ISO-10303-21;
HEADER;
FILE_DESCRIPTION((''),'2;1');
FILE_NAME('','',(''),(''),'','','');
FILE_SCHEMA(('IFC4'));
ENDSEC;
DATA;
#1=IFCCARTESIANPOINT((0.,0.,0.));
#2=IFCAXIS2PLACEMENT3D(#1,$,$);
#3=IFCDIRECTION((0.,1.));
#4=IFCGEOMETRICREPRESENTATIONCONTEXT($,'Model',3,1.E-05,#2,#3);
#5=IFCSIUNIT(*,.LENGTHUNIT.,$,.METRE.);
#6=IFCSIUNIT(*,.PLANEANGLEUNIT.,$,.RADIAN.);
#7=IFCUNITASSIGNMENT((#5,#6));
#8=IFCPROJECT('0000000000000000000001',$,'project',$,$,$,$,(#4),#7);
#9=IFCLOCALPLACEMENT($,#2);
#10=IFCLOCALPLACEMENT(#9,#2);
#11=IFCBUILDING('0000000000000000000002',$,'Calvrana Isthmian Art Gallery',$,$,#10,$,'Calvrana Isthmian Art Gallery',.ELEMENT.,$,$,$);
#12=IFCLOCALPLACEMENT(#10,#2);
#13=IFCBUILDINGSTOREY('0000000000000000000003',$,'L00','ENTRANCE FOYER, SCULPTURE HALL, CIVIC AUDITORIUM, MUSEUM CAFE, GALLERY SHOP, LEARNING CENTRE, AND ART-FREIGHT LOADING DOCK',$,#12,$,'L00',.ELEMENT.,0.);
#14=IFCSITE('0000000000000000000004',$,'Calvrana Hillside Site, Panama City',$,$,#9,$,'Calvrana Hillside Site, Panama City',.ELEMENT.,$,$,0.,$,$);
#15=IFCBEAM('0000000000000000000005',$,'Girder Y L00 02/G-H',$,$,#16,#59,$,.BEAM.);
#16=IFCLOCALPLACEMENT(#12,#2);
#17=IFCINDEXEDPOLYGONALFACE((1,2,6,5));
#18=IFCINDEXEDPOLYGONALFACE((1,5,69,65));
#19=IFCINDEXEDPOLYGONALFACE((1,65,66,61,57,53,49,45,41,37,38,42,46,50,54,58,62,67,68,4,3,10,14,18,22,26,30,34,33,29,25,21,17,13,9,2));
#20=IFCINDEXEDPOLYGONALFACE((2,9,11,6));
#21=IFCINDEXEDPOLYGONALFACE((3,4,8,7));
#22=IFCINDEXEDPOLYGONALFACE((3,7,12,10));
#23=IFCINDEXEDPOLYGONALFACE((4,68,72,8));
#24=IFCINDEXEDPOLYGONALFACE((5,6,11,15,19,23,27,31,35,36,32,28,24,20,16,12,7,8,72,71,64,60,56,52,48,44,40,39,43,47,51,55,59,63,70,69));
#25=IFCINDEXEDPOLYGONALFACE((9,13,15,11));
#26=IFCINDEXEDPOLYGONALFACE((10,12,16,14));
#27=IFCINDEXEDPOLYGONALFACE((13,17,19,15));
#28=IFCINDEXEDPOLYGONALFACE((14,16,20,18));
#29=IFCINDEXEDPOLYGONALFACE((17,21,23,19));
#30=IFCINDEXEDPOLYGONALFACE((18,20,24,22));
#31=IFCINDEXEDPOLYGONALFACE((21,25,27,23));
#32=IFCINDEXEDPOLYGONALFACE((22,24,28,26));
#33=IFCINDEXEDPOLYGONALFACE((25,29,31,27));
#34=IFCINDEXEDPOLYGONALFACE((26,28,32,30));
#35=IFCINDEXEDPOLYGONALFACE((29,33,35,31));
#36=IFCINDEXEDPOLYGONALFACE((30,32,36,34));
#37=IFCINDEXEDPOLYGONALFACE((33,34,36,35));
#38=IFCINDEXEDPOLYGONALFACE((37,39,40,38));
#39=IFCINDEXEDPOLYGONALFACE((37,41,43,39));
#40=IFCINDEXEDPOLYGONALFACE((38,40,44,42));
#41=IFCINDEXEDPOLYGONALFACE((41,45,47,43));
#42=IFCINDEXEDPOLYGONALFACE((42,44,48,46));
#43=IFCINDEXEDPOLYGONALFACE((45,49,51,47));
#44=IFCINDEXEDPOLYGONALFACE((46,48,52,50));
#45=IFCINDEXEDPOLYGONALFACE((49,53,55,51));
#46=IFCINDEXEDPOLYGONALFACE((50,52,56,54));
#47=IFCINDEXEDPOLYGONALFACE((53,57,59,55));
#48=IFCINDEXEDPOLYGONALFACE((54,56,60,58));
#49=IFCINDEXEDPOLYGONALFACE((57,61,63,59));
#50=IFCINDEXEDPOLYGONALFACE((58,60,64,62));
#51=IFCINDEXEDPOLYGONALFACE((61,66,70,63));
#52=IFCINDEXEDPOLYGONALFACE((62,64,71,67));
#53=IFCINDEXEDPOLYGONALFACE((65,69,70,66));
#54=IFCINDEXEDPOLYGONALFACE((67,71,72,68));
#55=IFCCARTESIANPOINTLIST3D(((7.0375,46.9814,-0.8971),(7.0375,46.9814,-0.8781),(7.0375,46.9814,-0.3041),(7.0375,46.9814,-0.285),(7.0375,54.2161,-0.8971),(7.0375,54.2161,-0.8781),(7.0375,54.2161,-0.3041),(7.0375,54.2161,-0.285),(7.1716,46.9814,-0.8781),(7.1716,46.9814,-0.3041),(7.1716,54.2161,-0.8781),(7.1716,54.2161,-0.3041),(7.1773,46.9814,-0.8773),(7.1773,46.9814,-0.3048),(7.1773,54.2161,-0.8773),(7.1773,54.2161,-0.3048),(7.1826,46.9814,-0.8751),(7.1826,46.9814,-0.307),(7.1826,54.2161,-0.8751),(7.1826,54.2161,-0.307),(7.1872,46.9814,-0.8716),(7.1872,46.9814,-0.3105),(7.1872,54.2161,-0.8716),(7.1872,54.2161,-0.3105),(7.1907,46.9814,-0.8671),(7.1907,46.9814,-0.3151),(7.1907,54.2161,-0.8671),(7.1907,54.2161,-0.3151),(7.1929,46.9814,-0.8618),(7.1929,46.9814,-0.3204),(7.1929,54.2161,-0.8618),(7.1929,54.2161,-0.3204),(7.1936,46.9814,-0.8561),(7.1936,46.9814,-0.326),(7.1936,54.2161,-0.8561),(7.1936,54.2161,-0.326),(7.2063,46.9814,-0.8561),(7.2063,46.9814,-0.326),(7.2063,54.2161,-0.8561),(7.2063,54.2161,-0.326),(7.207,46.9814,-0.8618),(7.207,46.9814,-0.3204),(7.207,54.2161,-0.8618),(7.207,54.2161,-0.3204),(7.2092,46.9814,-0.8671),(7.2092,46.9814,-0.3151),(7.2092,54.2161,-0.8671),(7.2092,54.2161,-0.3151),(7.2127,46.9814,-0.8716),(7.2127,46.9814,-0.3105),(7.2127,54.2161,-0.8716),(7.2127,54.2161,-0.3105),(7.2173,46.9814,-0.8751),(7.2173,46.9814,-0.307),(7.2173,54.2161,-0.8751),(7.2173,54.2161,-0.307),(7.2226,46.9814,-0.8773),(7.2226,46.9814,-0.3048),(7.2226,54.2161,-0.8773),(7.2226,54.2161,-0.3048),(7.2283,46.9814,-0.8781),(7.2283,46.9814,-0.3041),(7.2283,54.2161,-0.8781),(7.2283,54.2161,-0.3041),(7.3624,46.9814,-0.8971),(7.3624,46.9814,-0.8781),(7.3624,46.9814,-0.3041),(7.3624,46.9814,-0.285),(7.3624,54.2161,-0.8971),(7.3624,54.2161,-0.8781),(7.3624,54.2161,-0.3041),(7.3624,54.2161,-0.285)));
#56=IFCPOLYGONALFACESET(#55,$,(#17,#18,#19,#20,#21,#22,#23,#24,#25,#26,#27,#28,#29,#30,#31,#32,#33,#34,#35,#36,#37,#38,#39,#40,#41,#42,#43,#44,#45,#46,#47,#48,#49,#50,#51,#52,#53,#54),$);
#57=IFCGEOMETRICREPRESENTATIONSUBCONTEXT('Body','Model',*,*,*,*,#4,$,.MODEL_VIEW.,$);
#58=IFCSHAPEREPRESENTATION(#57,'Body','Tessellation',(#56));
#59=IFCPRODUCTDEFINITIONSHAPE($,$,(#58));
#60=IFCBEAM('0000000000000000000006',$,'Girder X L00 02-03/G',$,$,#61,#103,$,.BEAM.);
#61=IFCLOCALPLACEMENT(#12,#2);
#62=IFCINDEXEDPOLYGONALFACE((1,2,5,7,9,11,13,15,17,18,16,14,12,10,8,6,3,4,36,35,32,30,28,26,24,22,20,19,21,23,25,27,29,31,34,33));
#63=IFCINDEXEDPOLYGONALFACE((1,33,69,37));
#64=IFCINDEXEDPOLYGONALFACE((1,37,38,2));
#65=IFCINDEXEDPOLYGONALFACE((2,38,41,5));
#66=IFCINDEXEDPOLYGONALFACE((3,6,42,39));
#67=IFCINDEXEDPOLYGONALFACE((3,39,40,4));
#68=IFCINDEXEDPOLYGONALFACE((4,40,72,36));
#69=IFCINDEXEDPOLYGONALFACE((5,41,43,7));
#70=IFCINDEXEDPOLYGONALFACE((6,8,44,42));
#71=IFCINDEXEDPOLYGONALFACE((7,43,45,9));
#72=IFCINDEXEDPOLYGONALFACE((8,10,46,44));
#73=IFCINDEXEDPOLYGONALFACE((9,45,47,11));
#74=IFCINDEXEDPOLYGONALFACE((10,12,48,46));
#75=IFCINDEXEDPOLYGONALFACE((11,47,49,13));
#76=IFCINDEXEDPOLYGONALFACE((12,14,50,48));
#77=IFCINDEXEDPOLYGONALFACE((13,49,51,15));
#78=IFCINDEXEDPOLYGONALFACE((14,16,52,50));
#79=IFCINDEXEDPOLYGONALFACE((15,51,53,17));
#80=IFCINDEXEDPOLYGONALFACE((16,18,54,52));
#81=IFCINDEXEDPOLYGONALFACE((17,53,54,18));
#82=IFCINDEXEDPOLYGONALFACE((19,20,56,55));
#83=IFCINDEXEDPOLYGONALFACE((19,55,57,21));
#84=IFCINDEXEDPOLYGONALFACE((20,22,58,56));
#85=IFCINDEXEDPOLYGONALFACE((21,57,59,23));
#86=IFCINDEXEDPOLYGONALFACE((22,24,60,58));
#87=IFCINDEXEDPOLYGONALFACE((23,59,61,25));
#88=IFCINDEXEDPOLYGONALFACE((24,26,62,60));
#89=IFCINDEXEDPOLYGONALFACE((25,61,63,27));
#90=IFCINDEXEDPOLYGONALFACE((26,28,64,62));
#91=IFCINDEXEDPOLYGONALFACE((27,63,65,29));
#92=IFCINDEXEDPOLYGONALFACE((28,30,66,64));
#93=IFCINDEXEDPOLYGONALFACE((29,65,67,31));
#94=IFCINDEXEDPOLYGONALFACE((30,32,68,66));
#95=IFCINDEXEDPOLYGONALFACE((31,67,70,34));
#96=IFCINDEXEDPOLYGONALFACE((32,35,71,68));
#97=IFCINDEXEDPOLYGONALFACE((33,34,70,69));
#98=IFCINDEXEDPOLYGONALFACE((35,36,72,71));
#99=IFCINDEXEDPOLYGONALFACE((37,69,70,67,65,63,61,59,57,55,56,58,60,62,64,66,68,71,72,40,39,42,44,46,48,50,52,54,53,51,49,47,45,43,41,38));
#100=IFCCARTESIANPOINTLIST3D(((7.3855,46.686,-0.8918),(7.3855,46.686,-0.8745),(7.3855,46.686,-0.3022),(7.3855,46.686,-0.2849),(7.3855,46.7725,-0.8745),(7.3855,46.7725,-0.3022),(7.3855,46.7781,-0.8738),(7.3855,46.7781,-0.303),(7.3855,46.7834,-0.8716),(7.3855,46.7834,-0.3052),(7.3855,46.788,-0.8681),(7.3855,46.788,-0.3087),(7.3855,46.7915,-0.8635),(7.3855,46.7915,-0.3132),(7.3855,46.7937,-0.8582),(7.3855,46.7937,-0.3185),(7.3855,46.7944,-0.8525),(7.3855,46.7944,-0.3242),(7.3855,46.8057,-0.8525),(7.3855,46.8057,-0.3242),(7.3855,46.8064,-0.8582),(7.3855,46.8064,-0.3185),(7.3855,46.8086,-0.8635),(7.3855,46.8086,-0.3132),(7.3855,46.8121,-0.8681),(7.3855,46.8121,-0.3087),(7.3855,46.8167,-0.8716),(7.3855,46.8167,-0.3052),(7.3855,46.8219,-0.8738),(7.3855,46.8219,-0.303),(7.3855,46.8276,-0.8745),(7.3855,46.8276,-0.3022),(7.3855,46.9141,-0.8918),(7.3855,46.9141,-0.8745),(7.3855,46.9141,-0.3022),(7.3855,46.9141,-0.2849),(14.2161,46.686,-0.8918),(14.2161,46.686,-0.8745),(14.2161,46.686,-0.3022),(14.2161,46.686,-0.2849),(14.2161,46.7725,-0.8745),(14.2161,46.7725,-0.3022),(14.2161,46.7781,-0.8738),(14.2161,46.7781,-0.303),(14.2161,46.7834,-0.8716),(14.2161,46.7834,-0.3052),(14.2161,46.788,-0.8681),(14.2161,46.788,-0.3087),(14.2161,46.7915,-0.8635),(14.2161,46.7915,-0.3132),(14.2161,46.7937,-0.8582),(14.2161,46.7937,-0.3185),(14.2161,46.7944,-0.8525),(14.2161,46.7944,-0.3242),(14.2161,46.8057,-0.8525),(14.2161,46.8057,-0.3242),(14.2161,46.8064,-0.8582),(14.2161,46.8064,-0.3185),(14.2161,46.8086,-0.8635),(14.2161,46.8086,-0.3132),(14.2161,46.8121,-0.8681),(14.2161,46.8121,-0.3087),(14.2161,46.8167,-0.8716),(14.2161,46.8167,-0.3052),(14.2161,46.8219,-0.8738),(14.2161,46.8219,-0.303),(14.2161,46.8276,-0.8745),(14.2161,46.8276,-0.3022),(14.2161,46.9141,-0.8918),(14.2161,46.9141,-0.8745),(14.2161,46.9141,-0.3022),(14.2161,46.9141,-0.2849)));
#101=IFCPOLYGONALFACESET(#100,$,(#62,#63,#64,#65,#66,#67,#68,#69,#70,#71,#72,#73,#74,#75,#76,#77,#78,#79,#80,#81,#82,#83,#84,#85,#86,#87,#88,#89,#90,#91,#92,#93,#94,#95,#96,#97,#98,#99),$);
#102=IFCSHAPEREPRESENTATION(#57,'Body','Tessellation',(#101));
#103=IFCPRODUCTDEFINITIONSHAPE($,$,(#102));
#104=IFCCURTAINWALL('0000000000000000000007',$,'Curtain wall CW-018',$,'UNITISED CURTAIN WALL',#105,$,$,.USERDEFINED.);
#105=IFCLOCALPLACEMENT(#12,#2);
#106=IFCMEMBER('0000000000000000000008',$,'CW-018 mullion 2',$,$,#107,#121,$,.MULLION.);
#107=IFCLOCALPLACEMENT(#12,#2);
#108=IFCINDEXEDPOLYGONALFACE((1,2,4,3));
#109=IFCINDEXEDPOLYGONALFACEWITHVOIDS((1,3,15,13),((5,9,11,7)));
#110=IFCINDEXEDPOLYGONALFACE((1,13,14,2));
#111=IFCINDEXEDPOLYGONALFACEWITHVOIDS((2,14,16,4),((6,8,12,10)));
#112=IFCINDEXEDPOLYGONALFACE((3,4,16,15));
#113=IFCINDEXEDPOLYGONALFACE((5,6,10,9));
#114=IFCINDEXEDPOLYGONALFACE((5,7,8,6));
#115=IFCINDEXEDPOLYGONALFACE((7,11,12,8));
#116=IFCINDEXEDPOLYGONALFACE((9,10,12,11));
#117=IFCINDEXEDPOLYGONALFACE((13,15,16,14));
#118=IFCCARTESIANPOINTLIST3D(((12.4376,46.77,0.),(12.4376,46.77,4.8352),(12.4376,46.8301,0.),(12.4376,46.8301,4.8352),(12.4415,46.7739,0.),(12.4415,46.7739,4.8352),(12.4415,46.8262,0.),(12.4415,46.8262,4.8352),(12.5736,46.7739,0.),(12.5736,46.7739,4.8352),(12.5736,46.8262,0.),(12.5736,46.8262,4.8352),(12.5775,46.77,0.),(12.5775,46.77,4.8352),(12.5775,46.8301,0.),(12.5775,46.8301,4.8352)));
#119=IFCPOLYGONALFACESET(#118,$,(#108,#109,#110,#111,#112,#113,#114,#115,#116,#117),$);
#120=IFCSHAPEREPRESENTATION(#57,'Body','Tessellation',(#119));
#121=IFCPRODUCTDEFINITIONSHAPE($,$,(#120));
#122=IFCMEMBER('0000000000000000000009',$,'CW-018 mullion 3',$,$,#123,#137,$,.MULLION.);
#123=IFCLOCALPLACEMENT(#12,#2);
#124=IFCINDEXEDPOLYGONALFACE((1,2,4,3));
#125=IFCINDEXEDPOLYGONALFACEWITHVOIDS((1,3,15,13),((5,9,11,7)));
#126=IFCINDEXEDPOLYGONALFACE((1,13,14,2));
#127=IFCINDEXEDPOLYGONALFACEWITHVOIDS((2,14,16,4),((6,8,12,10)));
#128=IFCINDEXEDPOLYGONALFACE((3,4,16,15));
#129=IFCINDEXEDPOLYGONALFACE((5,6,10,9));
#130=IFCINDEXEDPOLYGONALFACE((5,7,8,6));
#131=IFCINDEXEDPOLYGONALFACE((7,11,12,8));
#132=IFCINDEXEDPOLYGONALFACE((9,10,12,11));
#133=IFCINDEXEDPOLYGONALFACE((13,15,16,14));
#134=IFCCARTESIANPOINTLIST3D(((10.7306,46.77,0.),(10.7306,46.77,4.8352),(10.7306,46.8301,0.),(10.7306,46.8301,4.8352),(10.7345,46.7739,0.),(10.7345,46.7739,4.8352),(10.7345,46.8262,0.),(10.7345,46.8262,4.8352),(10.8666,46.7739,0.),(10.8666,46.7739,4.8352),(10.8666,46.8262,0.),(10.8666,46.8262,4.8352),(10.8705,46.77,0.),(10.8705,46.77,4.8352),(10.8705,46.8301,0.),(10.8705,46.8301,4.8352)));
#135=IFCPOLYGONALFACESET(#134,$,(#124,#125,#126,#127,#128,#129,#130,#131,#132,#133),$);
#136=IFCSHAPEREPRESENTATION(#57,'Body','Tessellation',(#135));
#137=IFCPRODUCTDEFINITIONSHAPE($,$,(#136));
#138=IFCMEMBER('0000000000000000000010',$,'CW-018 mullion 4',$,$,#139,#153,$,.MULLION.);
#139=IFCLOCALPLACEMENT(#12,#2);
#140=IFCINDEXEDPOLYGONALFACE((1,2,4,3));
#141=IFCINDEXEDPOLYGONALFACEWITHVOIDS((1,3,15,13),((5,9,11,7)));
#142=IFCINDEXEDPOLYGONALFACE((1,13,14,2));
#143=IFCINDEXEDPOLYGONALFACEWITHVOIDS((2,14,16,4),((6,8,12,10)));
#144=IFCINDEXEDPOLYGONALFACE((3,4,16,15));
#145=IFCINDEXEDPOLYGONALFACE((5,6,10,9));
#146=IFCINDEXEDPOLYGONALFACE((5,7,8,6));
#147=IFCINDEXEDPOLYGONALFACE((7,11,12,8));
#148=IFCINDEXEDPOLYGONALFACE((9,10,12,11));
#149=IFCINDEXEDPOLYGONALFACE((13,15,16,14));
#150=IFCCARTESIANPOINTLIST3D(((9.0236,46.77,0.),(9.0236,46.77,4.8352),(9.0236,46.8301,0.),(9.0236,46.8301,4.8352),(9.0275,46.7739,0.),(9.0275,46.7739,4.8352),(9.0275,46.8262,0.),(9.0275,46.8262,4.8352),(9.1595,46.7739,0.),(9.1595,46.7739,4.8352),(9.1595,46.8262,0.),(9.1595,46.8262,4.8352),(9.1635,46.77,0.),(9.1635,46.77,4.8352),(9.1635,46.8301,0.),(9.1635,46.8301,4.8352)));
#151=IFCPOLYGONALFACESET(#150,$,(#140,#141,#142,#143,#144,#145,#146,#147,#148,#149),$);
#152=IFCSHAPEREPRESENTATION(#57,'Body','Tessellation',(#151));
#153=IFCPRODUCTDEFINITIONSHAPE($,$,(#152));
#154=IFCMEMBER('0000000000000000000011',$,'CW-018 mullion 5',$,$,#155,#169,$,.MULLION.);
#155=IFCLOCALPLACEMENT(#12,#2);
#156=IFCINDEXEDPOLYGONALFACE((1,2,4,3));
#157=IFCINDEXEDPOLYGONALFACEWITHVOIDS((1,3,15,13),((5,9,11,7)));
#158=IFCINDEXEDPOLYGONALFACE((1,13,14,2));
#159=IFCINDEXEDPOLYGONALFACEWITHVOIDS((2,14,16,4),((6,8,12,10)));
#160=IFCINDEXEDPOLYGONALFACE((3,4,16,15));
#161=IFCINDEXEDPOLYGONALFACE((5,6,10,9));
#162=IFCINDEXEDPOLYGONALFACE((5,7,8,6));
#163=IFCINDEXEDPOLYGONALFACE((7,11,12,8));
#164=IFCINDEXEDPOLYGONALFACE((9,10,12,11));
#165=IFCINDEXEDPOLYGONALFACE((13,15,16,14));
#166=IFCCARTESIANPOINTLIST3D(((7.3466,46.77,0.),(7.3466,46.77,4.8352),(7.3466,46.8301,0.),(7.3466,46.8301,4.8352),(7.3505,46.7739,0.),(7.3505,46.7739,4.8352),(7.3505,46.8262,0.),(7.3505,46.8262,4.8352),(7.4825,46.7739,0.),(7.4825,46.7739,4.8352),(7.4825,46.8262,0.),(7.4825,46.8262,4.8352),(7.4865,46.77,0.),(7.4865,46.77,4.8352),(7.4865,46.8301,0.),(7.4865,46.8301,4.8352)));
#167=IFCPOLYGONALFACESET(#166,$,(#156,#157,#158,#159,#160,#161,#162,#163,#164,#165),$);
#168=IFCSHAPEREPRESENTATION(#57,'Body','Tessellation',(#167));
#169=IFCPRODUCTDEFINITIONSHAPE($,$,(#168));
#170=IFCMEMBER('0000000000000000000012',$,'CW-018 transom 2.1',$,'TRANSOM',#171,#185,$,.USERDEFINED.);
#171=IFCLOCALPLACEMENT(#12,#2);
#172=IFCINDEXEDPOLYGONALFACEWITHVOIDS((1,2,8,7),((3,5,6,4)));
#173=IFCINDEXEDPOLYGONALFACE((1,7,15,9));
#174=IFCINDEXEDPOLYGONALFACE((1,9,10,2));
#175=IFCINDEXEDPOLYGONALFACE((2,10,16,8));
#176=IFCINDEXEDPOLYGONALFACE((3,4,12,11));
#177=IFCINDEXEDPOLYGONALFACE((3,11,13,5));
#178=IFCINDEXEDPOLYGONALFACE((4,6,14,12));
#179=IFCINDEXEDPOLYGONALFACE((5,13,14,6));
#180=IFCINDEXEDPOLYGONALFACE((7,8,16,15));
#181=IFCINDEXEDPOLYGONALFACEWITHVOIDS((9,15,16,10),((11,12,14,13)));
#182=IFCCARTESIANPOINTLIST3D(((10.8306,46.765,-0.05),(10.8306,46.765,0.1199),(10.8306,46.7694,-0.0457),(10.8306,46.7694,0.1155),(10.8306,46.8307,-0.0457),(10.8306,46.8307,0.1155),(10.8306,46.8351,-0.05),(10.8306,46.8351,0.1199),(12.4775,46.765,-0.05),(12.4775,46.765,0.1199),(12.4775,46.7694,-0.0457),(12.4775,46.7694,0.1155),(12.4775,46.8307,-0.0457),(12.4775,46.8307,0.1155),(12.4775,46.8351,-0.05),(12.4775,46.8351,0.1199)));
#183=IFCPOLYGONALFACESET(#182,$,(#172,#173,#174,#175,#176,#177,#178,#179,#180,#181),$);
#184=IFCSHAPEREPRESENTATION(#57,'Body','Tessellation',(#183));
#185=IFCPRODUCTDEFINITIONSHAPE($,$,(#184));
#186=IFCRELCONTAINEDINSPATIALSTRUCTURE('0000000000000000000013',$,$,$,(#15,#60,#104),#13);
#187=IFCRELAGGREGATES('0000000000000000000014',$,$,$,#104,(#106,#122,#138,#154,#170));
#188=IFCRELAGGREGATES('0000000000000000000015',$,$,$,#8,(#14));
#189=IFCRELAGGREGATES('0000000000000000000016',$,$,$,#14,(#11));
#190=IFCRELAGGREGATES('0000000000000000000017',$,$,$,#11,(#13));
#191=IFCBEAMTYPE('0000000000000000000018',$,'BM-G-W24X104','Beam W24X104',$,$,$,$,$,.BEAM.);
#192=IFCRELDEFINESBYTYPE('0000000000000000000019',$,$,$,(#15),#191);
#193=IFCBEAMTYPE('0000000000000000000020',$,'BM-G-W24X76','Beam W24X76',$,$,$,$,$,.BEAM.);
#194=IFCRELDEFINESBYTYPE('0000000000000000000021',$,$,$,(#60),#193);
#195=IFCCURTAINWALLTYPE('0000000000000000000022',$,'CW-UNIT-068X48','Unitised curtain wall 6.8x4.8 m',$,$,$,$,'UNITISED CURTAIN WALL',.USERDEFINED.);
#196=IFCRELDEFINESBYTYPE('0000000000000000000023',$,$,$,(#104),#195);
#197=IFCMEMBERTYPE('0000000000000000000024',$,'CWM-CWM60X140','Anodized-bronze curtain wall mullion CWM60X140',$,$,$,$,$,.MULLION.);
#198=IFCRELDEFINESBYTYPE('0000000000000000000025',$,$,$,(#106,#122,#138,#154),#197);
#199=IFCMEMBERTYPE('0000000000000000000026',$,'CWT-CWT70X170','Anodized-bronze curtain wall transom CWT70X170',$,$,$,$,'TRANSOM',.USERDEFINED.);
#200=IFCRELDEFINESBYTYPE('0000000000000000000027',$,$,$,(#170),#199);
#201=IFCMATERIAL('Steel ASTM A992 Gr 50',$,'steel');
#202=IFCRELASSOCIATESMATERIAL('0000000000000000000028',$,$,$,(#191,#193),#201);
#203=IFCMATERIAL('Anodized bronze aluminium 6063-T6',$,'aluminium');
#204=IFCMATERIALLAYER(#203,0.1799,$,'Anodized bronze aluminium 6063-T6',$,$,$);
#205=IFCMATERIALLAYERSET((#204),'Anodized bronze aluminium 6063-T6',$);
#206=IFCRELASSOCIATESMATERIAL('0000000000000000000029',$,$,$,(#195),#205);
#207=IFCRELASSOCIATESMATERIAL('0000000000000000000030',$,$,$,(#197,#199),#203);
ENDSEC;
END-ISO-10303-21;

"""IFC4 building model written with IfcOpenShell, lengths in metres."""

from ifc_helpers import new_model, si_unit, direction, frame, origin, origin_2d, place, context, subcontext, project, spatial, hollow_rectangle, i_section, extrude, material, layer, layer_set, material_profile, profile_set, type_object, element, aggregate, save


model = new_model("IFC4")

# Units and contexts
model_context = context("Model", 3, precision=1e-05, world=origin(), true_north=direction((0.0, 1.0)))
body_context = subcontext(model_context, "Body", "Model", "MODEL_VIEW")
ifc_project = project(units=[si_unit("LENGTHUNIT", "METRE"), si_unit("PLANEANGLEUNIT", "RADIAN")], contexts=[model_context])

# Site, building, storey
site_placement = place(None, origin())
site = spatial("IfcSite", under=ifc_project, at=site_placement, Name="Calvrana Hillside Site, Panama City", LongName="Calvrana Hillside Site, Panama City", CompositionType="ELEMENT", RefElevation=0.0)
building_placement = place(site_placement, origin())
building = spatial("IfcBuilding", under=site, at=building_placement, Name="Calvrana Isthmian Art Gallery", LongName="Calvrana Isthmian Art Gallery", CompositionType="ELEMENT")
storey_placement = place(building_placement, origin())
storey = spatial("IfcBuildingStorey", under=building, at=storey_placement, Name="L00", Description="ENTRANCE FOYER, SCULPTURE HALL, CIVIC AUDITORIUM, MUSEUM CAFE, GALLERY SHOP, LEARNING CENTRE, AND ART-FREIGHT LOADING DOCK", LongName="L00", CompositionType="ELEMENT", Elevation=0.0)

# Shared definitions
ifc_material_1 = material(Name="Steel ASTM A992 Gr 50", Category="steel")

# Beams
ifc_material_profile_1 = material_profile(ifc_material_1, i_section(OverallWidth=0.325, OverallDepth=0.6121, WebThickness=0.0127, FlangeThickness=0.019, FilletRadius=0.022, at=origin_2d()), Name="W24X104")
ifc_profile_set_1 = profile_set([ifc_material_profile_1], Name="Steel ASTM A992 Gr 50")
beam_type_1 = type_object("IfcBeamType", Name="BM-G-W24X104", Description="Beam W24X104", PredefinedType="BEAM", material=ifc_profile_set_1)
beam_1_placement = place(storey_placement, frame((7.2, 46.9814, -0.5911), z_axis=(0.0, 1.0, 0.0), x_axis=(-1.0, 0.0, 0.0)))
element("IfcBeam", 1, at=beam_1_placement, inside=storey, type_object=beam_type_1, Name="Girder Y L00 02/G-H", PredefinedType="BEAM", context=body_context, shape_type="SweptSolid", body=[
    extrude(i_section(OverallWidth=0.325, OverallDepth=0.6121, WebThickness=0.0127, FlangeThickness=0.019, FilletRadius=0.022, at=origin_2d()), origin(), (0.0, 0.0, 1.0), 7.2346),
])
ifc_material_profile_2 = material_profile(ifc_material_1, i_section(OverallWidth=0.228, OverallDepth=0.6069, WebThickness=0.0112, FlangeThickness=0.0173, FilletRadius=0.022, at=origin_2d()), Name="W24X76")
ifc_profile_set_2 = profile_set([ifc_material_profile_2], Name="Steel ASTM A992 Gr 50")
beam_type_2 = type_object("IfcBeamType", Name="BM-G-W24X76", Description="Beam W24X76", PredefinedType="BEAM", material=ifc_profile_set_2)
beam_2_placement = place(storey_placement, frame((7.3855, 46.8, -0.5884), z_axis=(1.0, 0.0, 0.0), x_axis=(0.0, 1.0, 0.0)))
element("IfcBeam", 2, at=beam_2_placement, inside=storey, type_object=beam_type_2, Name="Girder X L00 02-03/G", PredefinedType="BEAM", context=body_context, shape_type="SweptSolid", body=[
    extrude(i_section(OverallWidth=0.228, OverallDepth=0.6069, WebThickness=0.0112, FlangeThickness=0.0173, FilletRadius=0.022, at=origin_2d()), origin(), (0.0, 0.0, 1.0), 6.8306),
])

# Curtain wall, members
ifc_material_2 = material(Name="Anodized bronze aluminium 6063-T6", Category="aluminium")
ifc_layer_1 = layer(ifc_material_2, 0.1799, Name="Anodized bronze aluminium 6063-T6")
ifc_layer_set_1 = layer_set([ifc_layer_1], Name="Anodized bronze aluminium 6063-T6")
curtain_wall_type = type_object("IfcCurtainWallType", Name="CW-UNIT-068X48", Description="Unitised curtain wall 6.8x4.8 m", ElementType="UNITISED CURTAIN WALL", PredefinedType="USERDEFINED", material=ifc_layer_set_1)
curtain_wall_placement = place(storey_placement, origin())
curtain_wall = element("IfcCurtainWall", 3, at=curtain_wall_placement, inside=storey, type_object=curtain_wall_type, Name="Curtain wall CW-018", ObjectType="UNITISED CURTAIN WALL", PredefinedType="USERDEFINED")
ifc_material_profile_3 = material_profile(ifc_material_2, hollow_rectangle(XDim=0.0601, YDim=0.1399, WallThickness=0.0039, at=origin_2d()), Name="CWM60X140")
ifc_profile_set_3 = profile_set([ifc_material_profile_3], Name="Anodized bronze aluminium 6063-T6")
member_type_1 = type_object("IfcMemberType", Name="CWM-CWM60X140", Description="Anodized-bronze curtain wall mullion CWM60X140", PredefinedType="MULLION", material=ifc_profile_set_3)
member_1_placement = place(storey_placement, frame((12.5076, 46.8, 0.0), z_axis=(0.0, 0.0, 1.0), x_axis=(0.0, -1.0, 0.0)))
member_1 = element("IfcMember", 4, at=member_1_placement, type_object=member_type_1, Name="CW-018 mullion 2", PredefinedType="MULLION", context=body_context, shape_type="SweptSolid", body=[
    extrude(hollow_rectangle(XDim=0.0601, YDim=0.1399, WallThickness=0.0039, at=origin_2d()), origin(), (0.0, 0.0, 1.0), 4.8352),
])
member_2_placement = place(storey_placement, frame((10.8005, 46.8, 0.0), z_axis=(0.0, 0.0, 1.0), x_axis=(0.0, -1.0, 0.0)))
member_2 = element("IfcMember", 5, at=member_2_placement, type_object=member_type_1, Name="CW-018 mullion 3", PredefinedType="MULLION", context=body_context, shape_type="SweptSolid", body=[
    extrude(hollow_rectangle(XDim=0.0601, YDim=0.1399, WallThickness=0.0039, at=origin_2d()), origin(), (0.0, 0.0, 1.0), 4.8352),
])
member_3_placement = place(storey_placement, frame((9.0935, 46.8, 0.0), z_axis=(0.0, 0.0, 1.0), x_axis=(0.0, -1.0, 0.0)))
member_3 = element("IfcMember", 6, at=member_3_placement, type_object=member_type_1, Name="CW-018 mullion 4", PredefinedType="MULLION", context=body_context, shape_type="SweptSolid", body=[
    extrude(hollow_rectangle(XDim=0.0601, YDim=0.1399, WallThickness=0.0039, at=origin_2d()), origin(), (0.0, 0.0, 1.0), 4.8352),
])
member_4_placement = place(storey_placement, frame((7.4165, 46.8, 0.0), z_axis=(0.0, 0.0, 1.0), x_axis=(0.0, -1.0, 0.0)))
member_4 = element("IfcMember", 7, at=member_4_placement, type_object=member_type_1, Name="CW-018 mullion 5", PredefinedType="MULLION", context=body_context, shape_type="SweptSolid", body=[
    extrude(hollow_rectangle(XDim=0.0601, YDim=0.1399, WallThickness=0.0039, at=origin_2d()), origin(), (0.0, 0.0, 1.0), 4.8352),
])
ifc_material_profile_4 = material_profile(ifc_material_2, hollow_rectangle(XDim=0.0701, YDim=0.1699, WallThickness=0.0044, at=origin_2d()), Name="CWT70X170")
ifc_profile_set_4 = profile_set([ifc_material_profile_4], Name="Anodized bronze aluminium 6063-T6")
member_type_2 = type_object("IfcMemberType", Name="CWT-CWT70X170", Description="Anodized-bronze curtain wall transom CWT70X170", ElementType="TRANSOM", PredefinedType="USERDEFINED", material=ifc_profile_set_4)
member_5_placement = place(storey_placement, frame((12.4775, 46.8, 0.0349), z_axis=(-1.0, 0.0, 0.0), x_axis=(0.0, -1.0, 0.0)))
member_5 = element("IfcMember", 8, at=member_5_placement, type_object=member_type_2, Name="CW-018 transom 2.1", ObjectType="TRANSOM", PredefinedType="USERDEFINED", context=body_context, shape_type="SweptSolid", body=[
    extrude(hollow_rectangle(XDim=0.0701, YDim=0.1699, WallThickness=0.0044, at=origin_2d()), origin(), (0.0, 0.0, 1.0), 1.647),
])
aggregate(curtain_wall, [member_1, member_2, member_3, member_4, member_5])

save(model, "model.ifc")
